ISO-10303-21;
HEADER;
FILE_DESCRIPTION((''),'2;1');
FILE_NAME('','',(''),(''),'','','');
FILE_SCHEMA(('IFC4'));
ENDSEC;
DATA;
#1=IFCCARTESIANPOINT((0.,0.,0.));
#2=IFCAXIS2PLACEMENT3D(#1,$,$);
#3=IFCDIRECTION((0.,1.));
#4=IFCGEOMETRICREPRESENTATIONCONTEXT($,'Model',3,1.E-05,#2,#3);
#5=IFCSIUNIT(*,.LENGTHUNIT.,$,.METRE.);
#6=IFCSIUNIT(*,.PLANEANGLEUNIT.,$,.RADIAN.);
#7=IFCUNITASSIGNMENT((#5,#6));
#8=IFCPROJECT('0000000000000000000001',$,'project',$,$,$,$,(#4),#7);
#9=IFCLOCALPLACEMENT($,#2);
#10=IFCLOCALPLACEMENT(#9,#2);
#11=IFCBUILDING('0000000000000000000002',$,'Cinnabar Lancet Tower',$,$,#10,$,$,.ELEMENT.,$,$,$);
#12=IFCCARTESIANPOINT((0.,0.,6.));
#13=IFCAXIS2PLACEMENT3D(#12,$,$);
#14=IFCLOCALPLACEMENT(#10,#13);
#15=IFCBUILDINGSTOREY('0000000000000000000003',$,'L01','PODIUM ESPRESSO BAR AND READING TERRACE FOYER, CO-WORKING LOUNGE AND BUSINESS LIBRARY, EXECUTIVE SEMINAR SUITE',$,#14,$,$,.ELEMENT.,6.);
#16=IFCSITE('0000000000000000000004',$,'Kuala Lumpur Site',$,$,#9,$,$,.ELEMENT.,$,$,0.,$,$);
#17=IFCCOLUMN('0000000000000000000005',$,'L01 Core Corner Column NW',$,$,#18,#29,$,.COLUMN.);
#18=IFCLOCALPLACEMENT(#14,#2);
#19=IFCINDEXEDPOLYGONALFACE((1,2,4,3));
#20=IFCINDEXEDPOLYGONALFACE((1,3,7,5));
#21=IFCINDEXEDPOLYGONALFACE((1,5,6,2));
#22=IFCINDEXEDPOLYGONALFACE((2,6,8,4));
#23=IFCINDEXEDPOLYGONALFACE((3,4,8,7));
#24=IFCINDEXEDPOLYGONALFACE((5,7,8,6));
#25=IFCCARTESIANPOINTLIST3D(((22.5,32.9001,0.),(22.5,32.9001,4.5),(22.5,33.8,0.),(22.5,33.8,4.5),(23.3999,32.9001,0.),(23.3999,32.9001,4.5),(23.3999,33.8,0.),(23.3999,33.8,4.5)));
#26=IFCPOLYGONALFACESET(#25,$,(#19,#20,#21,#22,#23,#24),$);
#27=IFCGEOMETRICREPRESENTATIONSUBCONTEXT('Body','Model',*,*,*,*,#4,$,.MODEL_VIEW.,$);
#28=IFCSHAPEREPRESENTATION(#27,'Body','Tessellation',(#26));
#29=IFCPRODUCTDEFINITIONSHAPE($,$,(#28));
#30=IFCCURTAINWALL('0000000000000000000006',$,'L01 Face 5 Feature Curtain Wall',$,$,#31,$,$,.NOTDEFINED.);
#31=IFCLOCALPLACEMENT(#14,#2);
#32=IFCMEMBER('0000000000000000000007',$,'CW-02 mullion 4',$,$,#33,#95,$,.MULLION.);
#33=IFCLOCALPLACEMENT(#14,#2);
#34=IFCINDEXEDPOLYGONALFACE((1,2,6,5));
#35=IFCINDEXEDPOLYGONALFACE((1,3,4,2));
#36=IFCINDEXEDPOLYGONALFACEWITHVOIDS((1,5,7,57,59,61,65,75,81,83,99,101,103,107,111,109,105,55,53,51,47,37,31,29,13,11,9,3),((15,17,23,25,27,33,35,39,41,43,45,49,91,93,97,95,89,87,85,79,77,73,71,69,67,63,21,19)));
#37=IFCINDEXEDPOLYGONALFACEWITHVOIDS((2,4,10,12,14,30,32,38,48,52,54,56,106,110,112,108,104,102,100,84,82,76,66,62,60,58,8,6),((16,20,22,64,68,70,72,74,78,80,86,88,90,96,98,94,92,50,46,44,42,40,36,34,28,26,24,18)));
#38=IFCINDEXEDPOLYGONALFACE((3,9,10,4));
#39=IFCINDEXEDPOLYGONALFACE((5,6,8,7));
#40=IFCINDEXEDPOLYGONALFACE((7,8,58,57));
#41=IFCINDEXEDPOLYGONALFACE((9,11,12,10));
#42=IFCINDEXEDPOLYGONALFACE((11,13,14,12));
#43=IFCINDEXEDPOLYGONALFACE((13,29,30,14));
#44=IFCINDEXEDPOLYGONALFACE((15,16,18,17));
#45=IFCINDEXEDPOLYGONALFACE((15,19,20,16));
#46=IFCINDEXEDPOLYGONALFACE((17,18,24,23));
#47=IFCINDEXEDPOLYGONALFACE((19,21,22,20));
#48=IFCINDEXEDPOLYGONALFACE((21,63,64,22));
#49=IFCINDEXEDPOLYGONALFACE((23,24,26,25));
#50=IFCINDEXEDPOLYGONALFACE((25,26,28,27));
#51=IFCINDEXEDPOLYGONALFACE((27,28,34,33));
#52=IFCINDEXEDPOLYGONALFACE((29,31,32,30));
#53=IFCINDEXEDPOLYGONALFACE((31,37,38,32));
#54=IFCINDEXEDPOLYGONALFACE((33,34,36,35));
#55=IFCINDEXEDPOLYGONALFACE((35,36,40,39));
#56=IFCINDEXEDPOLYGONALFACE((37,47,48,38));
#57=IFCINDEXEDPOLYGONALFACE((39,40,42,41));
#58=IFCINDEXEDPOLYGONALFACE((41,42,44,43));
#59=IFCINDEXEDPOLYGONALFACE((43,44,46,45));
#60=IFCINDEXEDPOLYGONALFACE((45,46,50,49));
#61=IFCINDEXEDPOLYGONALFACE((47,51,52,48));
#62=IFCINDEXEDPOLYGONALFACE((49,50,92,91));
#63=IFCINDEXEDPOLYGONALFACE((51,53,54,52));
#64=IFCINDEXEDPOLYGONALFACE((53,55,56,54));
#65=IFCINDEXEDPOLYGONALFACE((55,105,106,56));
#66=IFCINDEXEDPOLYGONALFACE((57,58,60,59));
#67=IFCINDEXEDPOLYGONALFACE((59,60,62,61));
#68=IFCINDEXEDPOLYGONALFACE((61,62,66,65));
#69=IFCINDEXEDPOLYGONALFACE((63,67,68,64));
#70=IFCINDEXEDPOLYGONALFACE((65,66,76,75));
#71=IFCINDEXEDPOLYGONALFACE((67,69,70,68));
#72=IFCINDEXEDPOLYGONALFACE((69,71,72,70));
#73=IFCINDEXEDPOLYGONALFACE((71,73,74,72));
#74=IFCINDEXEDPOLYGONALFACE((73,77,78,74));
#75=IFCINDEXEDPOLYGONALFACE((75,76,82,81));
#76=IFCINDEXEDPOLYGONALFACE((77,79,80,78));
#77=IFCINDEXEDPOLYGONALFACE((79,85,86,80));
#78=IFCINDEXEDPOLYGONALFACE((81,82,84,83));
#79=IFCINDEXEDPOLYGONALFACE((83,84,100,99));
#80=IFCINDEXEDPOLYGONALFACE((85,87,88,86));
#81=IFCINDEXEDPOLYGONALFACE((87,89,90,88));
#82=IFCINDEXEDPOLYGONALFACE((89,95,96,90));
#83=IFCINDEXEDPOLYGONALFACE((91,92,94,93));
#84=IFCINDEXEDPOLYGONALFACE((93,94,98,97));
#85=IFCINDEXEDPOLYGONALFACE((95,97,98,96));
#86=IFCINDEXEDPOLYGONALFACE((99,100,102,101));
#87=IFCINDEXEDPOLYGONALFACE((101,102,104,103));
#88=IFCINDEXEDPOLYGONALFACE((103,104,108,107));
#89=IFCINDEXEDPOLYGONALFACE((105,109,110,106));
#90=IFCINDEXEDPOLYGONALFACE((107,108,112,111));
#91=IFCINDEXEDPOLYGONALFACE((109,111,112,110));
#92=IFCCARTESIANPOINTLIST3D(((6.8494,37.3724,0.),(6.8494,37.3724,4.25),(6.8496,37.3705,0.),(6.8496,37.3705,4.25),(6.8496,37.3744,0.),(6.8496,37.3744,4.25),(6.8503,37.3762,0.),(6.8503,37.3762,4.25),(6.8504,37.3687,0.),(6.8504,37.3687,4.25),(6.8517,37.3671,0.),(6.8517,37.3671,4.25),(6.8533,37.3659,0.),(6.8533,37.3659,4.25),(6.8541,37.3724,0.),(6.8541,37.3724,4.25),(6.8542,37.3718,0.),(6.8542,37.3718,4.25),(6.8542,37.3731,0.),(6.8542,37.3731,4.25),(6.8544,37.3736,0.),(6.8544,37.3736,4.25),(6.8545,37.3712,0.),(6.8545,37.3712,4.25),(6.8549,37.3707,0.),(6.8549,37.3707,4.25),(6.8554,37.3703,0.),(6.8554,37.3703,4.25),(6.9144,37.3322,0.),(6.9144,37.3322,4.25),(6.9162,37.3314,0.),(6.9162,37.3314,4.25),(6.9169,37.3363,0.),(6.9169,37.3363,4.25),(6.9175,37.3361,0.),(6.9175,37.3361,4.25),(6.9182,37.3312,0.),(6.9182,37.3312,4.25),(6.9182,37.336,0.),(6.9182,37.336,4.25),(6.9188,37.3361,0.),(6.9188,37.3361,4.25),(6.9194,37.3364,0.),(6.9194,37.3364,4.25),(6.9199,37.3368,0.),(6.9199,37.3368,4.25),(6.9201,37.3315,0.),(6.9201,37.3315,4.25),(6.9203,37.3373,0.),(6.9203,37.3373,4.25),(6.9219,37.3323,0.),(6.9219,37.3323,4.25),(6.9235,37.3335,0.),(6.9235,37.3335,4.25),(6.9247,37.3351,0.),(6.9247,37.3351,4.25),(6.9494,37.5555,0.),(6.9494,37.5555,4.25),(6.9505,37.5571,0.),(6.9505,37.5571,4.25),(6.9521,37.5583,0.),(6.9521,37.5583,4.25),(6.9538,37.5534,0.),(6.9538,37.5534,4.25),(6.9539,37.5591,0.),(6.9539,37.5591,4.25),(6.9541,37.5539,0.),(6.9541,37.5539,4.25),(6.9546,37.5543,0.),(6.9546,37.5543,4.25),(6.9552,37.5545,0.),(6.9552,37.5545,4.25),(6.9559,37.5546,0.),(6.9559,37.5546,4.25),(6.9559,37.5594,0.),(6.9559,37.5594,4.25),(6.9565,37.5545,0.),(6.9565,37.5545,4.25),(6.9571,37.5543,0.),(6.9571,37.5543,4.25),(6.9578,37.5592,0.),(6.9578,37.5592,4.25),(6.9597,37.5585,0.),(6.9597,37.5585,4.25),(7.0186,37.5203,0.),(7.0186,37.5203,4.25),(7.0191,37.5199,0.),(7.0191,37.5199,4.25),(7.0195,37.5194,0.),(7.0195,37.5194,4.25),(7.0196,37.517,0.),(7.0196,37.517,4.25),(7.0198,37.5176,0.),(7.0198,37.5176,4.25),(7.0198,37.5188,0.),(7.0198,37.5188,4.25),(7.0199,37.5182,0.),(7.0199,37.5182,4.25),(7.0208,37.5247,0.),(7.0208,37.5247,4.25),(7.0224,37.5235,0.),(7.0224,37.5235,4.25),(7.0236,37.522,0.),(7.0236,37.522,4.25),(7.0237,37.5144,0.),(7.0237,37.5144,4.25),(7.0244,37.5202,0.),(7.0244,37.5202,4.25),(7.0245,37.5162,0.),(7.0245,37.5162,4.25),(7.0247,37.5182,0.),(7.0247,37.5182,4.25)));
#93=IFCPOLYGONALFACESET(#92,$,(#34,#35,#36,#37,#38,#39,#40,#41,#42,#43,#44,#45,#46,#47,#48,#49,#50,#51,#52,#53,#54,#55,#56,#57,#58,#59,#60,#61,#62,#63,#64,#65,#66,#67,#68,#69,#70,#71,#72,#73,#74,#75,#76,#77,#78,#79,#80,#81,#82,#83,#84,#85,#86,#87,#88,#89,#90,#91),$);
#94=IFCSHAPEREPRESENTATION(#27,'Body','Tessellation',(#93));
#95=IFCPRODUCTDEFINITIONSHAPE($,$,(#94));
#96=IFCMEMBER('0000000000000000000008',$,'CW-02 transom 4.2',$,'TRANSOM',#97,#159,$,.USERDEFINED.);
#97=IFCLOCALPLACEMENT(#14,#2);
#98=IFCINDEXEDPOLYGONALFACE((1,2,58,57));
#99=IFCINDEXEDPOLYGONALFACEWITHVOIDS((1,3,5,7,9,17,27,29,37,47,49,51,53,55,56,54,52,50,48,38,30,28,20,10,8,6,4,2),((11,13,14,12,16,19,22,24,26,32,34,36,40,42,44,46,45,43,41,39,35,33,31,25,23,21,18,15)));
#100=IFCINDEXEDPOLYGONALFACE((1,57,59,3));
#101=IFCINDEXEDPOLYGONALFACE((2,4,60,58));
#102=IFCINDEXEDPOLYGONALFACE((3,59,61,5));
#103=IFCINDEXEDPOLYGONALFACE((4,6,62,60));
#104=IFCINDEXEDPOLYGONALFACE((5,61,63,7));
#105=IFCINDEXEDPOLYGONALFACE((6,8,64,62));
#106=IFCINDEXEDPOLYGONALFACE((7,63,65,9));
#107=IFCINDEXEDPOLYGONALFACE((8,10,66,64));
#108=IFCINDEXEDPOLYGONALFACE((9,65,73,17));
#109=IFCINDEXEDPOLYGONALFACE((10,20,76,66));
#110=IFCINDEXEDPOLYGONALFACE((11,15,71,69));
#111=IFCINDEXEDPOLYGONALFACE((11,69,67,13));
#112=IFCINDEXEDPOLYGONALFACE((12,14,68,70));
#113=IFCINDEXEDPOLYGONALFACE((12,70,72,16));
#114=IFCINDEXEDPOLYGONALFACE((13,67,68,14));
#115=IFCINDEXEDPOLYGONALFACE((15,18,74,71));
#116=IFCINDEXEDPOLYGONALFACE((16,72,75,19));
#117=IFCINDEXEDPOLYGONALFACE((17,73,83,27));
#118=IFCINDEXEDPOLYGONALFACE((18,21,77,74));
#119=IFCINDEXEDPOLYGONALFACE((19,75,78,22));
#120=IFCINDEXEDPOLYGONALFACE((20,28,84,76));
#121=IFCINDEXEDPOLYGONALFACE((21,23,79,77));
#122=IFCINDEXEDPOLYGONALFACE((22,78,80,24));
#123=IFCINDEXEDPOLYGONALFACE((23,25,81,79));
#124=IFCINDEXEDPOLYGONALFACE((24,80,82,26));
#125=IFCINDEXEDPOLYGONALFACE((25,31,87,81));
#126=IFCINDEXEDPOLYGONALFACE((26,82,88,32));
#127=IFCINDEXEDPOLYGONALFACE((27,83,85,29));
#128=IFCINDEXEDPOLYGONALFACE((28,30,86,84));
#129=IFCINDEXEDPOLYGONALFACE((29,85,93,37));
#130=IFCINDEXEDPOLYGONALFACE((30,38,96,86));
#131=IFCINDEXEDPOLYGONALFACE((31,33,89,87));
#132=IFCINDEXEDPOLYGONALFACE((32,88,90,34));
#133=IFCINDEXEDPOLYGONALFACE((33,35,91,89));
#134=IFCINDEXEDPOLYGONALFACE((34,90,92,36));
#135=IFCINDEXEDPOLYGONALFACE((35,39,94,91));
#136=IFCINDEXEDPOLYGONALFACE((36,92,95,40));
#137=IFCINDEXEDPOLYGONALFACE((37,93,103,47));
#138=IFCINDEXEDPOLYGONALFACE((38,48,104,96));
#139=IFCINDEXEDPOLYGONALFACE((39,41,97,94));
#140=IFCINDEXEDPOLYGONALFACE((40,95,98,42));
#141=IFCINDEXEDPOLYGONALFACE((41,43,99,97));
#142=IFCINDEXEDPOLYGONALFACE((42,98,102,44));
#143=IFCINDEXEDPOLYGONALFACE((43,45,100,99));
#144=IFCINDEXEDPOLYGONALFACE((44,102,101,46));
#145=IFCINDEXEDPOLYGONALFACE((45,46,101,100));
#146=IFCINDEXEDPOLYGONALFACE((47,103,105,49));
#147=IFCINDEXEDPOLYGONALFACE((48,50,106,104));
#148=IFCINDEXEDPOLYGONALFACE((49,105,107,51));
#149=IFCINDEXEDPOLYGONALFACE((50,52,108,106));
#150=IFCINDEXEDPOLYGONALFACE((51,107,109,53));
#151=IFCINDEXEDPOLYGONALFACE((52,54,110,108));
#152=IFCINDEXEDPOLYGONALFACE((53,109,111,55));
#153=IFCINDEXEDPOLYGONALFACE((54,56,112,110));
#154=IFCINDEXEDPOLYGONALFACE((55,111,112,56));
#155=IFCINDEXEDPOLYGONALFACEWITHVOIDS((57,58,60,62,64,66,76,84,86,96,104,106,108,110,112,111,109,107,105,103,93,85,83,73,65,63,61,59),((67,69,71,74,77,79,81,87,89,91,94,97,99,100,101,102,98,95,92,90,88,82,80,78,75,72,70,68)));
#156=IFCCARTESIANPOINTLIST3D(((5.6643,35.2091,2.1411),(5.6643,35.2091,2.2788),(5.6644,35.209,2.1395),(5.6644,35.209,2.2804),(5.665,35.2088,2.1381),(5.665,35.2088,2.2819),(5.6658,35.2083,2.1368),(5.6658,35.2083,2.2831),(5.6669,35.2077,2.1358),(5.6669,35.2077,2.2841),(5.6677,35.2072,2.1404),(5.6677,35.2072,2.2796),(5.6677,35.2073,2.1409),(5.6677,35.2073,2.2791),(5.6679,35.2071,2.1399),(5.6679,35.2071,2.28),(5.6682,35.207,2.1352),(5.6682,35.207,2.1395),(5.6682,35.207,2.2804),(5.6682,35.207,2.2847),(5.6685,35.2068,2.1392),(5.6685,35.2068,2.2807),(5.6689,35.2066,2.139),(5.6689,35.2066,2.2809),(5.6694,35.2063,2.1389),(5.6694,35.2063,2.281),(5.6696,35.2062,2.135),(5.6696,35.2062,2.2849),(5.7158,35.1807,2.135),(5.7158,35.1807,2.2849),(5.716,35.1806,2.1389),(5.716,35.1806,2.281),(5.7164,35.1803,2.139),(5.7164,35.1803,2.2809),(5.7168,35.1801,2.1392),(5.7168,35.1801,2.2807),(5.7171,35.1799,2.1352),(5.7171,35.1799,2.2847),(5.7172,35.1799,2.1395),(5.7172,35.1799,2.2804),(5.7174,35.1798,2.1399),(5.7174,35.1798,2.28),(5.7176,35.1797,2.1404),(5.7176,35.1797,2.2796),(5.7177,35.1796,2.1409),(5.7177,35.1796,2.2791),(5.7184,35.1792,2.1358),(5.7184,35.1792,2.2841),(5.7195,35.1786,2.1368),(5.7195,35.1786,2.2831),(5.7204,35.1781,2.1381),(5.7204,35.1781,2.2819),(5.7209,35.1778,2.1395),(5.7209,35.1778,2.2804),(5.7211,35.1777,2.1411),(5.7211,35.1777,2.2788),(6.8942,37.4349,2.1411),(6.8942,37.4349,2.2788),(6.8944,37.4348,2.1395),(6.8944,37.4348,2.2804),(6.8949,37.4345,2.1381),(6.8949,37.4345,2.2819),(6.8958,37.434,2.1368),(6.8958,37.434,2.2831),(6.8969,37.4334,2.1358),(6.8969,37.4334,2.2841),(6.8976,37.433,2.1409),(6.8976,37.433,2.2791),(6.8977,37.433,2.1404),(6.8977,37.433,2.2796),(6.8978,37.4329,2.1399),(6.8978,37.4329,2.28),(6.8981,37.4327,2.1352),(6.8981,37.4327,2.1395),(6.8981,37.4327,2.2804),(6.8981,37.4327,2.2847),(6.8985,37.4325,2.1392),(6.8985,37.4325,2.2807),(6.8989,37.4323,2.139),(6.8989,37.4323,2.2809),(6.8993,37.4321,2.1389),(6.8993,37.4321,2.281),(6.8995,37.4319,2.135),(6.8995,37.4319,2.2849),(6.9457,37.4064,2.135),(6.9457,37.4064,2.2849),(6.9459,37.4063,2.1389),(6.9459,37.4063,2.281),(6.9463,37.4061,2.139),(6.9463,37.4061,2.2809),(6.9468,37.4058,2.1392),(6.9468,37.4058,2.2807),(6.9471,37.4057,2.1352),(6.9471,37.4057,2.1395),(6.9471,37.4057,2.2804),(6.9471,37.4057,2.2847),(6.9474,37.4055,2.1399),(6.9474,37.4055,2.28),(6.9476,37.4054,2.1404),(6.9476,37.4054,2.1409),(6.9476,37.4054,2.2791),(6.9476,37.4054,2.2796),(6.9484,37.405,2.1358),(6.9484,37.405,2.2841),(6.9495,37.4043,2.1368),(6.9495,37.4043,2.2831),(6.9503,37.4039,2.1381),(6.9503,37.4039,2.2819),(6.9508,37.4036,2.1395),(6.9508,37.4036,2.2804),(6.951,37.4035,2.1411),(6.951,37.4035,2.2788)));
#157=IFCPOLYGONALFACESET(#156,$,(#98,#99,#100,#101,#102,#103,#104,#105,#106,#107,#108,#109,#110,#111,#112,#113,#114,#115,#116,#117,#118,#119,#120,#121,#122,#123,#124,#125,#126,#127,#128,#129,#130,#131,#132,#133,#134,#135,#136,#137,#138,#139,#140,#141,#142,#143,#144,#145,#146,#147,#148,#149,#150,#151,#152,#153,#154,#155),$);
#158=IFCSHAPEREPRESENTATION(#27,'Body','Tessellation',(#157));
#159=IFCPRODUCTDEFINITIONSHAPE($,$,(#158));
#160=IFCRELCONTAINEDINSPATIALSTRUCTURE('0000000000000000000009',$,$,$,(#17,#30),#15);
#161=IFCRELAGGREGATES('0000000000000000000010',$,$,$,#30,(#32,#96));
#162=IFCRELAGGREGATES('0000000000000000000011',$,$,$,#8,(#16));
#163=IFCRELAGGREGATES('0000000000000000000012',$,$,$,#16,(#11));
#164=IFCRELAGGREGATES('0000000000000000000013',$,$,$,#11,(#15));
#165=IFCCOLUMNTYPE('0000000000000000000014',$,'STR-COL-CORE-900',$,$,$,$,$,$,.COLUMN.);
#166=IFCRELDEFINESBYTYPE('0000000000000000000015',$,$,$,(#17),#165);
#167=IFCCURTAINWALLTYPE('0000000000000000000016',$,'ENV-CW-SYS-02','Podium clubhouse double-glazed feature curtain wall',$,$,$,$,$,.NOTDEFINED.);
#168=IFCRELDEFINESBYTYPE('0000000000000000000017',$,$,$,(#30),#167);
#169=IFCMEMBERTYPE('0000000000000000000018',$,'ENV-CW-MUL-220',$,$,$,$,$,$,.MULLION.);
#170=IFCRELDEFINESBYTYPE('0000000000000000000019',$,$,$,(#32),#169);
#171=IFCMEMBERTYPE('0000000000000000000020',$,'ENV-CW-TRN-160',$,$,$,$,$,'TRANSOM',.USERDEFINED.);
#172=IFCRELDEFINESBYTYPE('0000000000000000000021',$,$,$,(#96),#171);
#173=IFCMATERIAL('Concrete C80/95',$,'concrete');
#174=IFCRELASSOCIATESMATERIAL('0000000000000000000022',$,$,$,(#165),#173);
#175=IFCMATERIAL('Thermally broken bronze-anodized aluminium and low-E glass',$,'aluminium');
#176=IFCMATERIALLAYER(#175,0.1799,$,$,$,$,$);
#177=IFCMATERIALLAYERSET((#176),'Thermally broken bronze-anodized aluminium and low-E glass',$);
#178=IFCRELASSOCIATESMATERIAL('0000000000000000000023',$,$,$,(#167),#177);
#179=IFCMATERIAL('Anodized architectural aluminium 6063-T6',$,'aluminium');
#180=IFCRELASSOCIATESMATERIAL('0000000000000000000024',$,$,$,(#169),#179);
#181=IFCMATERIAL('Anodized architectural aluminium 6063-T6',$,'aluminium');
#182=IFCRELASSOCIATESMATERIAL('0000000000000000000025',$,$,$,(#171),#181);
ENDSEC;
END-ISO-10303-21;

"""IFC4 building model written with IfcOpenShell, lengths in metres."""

from ifc_helpers import new_model, si_unit, direction, frame, origin, origin_2d, place, context, subcontext, project, spatial, rectangle, hollow_rectangle, extrude, material, layer, layer_set, material_profile, profile_set, type_object, element, aggregate, save


model = new_model("IFC4")

# Units and contexts
model_context = context("Model", 3, precision=1e-05, world=origin(), true_north=direction((0.0, 1.0)))
body_context = subcontext(model_context, "Body", "Model", "MODEL_VIEW")
ifc_project = project(units=[si_unit("LENGTHUNIT", "METRE"), si_unit("PLANEANGLEUNIT", "RADIAN")], contexts=[model_context])

# Site, building, storey
site_placement = place(None, origin())
site = spatial("IfcSite", under=ifc_project, at=site_placement, Name="Kuala Lumpur Site", CompositionType="ELEMENT", RefElevation=0.0)
building_placement = place(site_placement, origin())
building = spatial("IfcBuilding", under=site, at=building_placement, Name="Cinnabar Lancet Tower", CompositionType="ELEMENT")
storey_placement = place(building_placement, frame((0.0, 0.0, 6.0)))
storey = spatial("IfcBuildingStorey", under=building, at=storey_placement, Name="L01", Description="PODIUM ESPRESSO BAR AND READING TERRACE FOYER, CO-WORKING LOUNGE AND BUSINESS LIBRARY, EXECUTIVE SEMINAR SUITE", CompositionType="ELEMENT", Elevation=6.0)

# Column
ifc_material_1 = material(Name="Concrete C80/95", Category="concrete")
ifc_material_profile_1 = material_profile(ifc_material_1, rectangle(XDim=0.8999, YDim=0.8999, at=origin_2d()), Name="RC-COL 900x900")
ifc_profile_set_1 = profile_set([ifc_material_profile_1], Name="Concrete C80/95")
column_type = type_object("IfcColumnType", Name="STR-COL-CORE-900", PredefinedType="COLUMN", material=ifc_profile_set_1)
column_placement = place(storey_placement, frame((22.95, 33.3501, 0.0), z_axis=(0.0, 0.0, 1.0), x_axis=(1.0, 0.0, 0.0)))
element("IfcColumn", 1, at=column_placement, inside=storey, type_object=column_type, Name="L01 Core Corner Column NW", PredefinedType="COLUMN", context=body_context, shape_type="SweptSolid", body=[
    extrude(rectangle(XDim=0.8999, YDim=0.8999, at=origin_2d()), origin(), (0.0, 0.0, 1.0), 4.5),
])

# Curtain wall, members
ifc_material_2 = material(Name="Thermally broken bronze-anodized aluminium and low-E glass", Category="aluminium")
ifc_layer_1 = layer(ifc_material_2, 0.1799)
ifc_layer_set_1 = layer_set([ifc_layer_1], Name="Thermally broken bronze-anodized aluminium and low-E glass")
curtain_wall_type = type_object("IfcCurtainWallType", Name="ENV-CW-SYS-02", Description="Podium clubhouse double-glazed feature curtain wall", PredefinedType="NOTDEFINED", material=ifc_layer_set_1)
curtain_wall_placement = place(storey_placement, origin())
curtain_wall = element("IfcCurtainWall", 2, at=curtain_wall_placement, inside=storey, type_object=curtain_wall_type, Name="L01 Face 5 Feature Curtain Wall", PredefinedType="NOTDEFINED")
ifc_material_3 = material(Name="Anodized architectural aluminium 6063-T6", Category="aluminium")
ifc_material_profile_2 = material_profile(ifc_material_3, hollow_rectangle(XDim=0.085, YDim=0.22, WallThickness=0.0049, InnerFilletRadius=0.0024, OuterFilletRadius=0.0076, at=origin_2d()), Name="CW-MUL 220x85x5")
ifc_profile_set_2 = profile_set([ifc_material_profile_2], Name="Anodized architectural aluminium 6063-T6")
member_type_1 = type_object("IfcMemberType", Name="ENV-CW-MUL-220", PredefinedType="MULLION", material=ifc_profile_set_2)
member_1_placement = place(storey_placement, frame((6.937, 37.4453, 0.0), z_axis=(0.0, 0.0, 1.0), x_axis=(0.875242, -0.483685, 0.0)))
member_1 = element("IfcMember", 3, at=member_1_placement, type_object=member_type_1, Name="CW-02 mullion 4", PredefinedType="MULLION", context=body_context, shape_type="SweptSolid", body=[
    extrude(hollow_rectangle(XDim=0.085, YDim=0.22, WallThickness=0.0049, InnerFilletRadius=0.0024, OuterFilletRadius=0.0076, at=origin_2d()), origin(), (0.0, 0.0, 1.0), 4.25),
])
ifc_material_4 = material(Name="Anodized architectural aluminium 6063-T6", Category="aluminium")
ifc_material_profile_3 = material_profile(ifc_material_4, hollow_rectangle(XDim=0.0649, YDim=0.1499, WallThickness=0.0039, InnerFilletRadius=0.002, OuterFilletRadius=0.0061, at=origin_2d()), Name="CW-TRN 150x65x4")
ifc_profile_set_3 = profile_set([ifc_material_profile_3], Name="Anodized architectural aluminium 6063-T6")
member_type_2 = type_object("IfcMemberType", Name="ENV-CW-TRN-160", ElementType="TRANSOM", PredefinedType="USERDEFINED", material=ifc_profile_set_3)
member_2_placement = place(storey_placement, frame((6.9226, 37.4192, 2.21), z_axis=(-0.483661, -0.875255, 0.0), x_axis=(0.875255, -0.483661, 0.0)))
member_2 = element("IfcMember", 4, at=member_2_placement, type_object=member_type_2, Name="CW-02 transom 4.2", ObjectType="TRANSOM", PredefinedType="USERDEFINED", context=body_context, shape_type="SweptSolid", body=[
    extrude(hollow_rectangle(XDim=0.0649, YDim=0.1499, WallThickness=0.0039, InnerFilletRadius=0.002, OuterFilletRadius=0.0061, at=origin_2d()), origin(), (0.0, 0.0, 1.0), 2.543),
])
aggregate(curtain_wall, [member_1, member_2])

save(model, "model.ifc")
